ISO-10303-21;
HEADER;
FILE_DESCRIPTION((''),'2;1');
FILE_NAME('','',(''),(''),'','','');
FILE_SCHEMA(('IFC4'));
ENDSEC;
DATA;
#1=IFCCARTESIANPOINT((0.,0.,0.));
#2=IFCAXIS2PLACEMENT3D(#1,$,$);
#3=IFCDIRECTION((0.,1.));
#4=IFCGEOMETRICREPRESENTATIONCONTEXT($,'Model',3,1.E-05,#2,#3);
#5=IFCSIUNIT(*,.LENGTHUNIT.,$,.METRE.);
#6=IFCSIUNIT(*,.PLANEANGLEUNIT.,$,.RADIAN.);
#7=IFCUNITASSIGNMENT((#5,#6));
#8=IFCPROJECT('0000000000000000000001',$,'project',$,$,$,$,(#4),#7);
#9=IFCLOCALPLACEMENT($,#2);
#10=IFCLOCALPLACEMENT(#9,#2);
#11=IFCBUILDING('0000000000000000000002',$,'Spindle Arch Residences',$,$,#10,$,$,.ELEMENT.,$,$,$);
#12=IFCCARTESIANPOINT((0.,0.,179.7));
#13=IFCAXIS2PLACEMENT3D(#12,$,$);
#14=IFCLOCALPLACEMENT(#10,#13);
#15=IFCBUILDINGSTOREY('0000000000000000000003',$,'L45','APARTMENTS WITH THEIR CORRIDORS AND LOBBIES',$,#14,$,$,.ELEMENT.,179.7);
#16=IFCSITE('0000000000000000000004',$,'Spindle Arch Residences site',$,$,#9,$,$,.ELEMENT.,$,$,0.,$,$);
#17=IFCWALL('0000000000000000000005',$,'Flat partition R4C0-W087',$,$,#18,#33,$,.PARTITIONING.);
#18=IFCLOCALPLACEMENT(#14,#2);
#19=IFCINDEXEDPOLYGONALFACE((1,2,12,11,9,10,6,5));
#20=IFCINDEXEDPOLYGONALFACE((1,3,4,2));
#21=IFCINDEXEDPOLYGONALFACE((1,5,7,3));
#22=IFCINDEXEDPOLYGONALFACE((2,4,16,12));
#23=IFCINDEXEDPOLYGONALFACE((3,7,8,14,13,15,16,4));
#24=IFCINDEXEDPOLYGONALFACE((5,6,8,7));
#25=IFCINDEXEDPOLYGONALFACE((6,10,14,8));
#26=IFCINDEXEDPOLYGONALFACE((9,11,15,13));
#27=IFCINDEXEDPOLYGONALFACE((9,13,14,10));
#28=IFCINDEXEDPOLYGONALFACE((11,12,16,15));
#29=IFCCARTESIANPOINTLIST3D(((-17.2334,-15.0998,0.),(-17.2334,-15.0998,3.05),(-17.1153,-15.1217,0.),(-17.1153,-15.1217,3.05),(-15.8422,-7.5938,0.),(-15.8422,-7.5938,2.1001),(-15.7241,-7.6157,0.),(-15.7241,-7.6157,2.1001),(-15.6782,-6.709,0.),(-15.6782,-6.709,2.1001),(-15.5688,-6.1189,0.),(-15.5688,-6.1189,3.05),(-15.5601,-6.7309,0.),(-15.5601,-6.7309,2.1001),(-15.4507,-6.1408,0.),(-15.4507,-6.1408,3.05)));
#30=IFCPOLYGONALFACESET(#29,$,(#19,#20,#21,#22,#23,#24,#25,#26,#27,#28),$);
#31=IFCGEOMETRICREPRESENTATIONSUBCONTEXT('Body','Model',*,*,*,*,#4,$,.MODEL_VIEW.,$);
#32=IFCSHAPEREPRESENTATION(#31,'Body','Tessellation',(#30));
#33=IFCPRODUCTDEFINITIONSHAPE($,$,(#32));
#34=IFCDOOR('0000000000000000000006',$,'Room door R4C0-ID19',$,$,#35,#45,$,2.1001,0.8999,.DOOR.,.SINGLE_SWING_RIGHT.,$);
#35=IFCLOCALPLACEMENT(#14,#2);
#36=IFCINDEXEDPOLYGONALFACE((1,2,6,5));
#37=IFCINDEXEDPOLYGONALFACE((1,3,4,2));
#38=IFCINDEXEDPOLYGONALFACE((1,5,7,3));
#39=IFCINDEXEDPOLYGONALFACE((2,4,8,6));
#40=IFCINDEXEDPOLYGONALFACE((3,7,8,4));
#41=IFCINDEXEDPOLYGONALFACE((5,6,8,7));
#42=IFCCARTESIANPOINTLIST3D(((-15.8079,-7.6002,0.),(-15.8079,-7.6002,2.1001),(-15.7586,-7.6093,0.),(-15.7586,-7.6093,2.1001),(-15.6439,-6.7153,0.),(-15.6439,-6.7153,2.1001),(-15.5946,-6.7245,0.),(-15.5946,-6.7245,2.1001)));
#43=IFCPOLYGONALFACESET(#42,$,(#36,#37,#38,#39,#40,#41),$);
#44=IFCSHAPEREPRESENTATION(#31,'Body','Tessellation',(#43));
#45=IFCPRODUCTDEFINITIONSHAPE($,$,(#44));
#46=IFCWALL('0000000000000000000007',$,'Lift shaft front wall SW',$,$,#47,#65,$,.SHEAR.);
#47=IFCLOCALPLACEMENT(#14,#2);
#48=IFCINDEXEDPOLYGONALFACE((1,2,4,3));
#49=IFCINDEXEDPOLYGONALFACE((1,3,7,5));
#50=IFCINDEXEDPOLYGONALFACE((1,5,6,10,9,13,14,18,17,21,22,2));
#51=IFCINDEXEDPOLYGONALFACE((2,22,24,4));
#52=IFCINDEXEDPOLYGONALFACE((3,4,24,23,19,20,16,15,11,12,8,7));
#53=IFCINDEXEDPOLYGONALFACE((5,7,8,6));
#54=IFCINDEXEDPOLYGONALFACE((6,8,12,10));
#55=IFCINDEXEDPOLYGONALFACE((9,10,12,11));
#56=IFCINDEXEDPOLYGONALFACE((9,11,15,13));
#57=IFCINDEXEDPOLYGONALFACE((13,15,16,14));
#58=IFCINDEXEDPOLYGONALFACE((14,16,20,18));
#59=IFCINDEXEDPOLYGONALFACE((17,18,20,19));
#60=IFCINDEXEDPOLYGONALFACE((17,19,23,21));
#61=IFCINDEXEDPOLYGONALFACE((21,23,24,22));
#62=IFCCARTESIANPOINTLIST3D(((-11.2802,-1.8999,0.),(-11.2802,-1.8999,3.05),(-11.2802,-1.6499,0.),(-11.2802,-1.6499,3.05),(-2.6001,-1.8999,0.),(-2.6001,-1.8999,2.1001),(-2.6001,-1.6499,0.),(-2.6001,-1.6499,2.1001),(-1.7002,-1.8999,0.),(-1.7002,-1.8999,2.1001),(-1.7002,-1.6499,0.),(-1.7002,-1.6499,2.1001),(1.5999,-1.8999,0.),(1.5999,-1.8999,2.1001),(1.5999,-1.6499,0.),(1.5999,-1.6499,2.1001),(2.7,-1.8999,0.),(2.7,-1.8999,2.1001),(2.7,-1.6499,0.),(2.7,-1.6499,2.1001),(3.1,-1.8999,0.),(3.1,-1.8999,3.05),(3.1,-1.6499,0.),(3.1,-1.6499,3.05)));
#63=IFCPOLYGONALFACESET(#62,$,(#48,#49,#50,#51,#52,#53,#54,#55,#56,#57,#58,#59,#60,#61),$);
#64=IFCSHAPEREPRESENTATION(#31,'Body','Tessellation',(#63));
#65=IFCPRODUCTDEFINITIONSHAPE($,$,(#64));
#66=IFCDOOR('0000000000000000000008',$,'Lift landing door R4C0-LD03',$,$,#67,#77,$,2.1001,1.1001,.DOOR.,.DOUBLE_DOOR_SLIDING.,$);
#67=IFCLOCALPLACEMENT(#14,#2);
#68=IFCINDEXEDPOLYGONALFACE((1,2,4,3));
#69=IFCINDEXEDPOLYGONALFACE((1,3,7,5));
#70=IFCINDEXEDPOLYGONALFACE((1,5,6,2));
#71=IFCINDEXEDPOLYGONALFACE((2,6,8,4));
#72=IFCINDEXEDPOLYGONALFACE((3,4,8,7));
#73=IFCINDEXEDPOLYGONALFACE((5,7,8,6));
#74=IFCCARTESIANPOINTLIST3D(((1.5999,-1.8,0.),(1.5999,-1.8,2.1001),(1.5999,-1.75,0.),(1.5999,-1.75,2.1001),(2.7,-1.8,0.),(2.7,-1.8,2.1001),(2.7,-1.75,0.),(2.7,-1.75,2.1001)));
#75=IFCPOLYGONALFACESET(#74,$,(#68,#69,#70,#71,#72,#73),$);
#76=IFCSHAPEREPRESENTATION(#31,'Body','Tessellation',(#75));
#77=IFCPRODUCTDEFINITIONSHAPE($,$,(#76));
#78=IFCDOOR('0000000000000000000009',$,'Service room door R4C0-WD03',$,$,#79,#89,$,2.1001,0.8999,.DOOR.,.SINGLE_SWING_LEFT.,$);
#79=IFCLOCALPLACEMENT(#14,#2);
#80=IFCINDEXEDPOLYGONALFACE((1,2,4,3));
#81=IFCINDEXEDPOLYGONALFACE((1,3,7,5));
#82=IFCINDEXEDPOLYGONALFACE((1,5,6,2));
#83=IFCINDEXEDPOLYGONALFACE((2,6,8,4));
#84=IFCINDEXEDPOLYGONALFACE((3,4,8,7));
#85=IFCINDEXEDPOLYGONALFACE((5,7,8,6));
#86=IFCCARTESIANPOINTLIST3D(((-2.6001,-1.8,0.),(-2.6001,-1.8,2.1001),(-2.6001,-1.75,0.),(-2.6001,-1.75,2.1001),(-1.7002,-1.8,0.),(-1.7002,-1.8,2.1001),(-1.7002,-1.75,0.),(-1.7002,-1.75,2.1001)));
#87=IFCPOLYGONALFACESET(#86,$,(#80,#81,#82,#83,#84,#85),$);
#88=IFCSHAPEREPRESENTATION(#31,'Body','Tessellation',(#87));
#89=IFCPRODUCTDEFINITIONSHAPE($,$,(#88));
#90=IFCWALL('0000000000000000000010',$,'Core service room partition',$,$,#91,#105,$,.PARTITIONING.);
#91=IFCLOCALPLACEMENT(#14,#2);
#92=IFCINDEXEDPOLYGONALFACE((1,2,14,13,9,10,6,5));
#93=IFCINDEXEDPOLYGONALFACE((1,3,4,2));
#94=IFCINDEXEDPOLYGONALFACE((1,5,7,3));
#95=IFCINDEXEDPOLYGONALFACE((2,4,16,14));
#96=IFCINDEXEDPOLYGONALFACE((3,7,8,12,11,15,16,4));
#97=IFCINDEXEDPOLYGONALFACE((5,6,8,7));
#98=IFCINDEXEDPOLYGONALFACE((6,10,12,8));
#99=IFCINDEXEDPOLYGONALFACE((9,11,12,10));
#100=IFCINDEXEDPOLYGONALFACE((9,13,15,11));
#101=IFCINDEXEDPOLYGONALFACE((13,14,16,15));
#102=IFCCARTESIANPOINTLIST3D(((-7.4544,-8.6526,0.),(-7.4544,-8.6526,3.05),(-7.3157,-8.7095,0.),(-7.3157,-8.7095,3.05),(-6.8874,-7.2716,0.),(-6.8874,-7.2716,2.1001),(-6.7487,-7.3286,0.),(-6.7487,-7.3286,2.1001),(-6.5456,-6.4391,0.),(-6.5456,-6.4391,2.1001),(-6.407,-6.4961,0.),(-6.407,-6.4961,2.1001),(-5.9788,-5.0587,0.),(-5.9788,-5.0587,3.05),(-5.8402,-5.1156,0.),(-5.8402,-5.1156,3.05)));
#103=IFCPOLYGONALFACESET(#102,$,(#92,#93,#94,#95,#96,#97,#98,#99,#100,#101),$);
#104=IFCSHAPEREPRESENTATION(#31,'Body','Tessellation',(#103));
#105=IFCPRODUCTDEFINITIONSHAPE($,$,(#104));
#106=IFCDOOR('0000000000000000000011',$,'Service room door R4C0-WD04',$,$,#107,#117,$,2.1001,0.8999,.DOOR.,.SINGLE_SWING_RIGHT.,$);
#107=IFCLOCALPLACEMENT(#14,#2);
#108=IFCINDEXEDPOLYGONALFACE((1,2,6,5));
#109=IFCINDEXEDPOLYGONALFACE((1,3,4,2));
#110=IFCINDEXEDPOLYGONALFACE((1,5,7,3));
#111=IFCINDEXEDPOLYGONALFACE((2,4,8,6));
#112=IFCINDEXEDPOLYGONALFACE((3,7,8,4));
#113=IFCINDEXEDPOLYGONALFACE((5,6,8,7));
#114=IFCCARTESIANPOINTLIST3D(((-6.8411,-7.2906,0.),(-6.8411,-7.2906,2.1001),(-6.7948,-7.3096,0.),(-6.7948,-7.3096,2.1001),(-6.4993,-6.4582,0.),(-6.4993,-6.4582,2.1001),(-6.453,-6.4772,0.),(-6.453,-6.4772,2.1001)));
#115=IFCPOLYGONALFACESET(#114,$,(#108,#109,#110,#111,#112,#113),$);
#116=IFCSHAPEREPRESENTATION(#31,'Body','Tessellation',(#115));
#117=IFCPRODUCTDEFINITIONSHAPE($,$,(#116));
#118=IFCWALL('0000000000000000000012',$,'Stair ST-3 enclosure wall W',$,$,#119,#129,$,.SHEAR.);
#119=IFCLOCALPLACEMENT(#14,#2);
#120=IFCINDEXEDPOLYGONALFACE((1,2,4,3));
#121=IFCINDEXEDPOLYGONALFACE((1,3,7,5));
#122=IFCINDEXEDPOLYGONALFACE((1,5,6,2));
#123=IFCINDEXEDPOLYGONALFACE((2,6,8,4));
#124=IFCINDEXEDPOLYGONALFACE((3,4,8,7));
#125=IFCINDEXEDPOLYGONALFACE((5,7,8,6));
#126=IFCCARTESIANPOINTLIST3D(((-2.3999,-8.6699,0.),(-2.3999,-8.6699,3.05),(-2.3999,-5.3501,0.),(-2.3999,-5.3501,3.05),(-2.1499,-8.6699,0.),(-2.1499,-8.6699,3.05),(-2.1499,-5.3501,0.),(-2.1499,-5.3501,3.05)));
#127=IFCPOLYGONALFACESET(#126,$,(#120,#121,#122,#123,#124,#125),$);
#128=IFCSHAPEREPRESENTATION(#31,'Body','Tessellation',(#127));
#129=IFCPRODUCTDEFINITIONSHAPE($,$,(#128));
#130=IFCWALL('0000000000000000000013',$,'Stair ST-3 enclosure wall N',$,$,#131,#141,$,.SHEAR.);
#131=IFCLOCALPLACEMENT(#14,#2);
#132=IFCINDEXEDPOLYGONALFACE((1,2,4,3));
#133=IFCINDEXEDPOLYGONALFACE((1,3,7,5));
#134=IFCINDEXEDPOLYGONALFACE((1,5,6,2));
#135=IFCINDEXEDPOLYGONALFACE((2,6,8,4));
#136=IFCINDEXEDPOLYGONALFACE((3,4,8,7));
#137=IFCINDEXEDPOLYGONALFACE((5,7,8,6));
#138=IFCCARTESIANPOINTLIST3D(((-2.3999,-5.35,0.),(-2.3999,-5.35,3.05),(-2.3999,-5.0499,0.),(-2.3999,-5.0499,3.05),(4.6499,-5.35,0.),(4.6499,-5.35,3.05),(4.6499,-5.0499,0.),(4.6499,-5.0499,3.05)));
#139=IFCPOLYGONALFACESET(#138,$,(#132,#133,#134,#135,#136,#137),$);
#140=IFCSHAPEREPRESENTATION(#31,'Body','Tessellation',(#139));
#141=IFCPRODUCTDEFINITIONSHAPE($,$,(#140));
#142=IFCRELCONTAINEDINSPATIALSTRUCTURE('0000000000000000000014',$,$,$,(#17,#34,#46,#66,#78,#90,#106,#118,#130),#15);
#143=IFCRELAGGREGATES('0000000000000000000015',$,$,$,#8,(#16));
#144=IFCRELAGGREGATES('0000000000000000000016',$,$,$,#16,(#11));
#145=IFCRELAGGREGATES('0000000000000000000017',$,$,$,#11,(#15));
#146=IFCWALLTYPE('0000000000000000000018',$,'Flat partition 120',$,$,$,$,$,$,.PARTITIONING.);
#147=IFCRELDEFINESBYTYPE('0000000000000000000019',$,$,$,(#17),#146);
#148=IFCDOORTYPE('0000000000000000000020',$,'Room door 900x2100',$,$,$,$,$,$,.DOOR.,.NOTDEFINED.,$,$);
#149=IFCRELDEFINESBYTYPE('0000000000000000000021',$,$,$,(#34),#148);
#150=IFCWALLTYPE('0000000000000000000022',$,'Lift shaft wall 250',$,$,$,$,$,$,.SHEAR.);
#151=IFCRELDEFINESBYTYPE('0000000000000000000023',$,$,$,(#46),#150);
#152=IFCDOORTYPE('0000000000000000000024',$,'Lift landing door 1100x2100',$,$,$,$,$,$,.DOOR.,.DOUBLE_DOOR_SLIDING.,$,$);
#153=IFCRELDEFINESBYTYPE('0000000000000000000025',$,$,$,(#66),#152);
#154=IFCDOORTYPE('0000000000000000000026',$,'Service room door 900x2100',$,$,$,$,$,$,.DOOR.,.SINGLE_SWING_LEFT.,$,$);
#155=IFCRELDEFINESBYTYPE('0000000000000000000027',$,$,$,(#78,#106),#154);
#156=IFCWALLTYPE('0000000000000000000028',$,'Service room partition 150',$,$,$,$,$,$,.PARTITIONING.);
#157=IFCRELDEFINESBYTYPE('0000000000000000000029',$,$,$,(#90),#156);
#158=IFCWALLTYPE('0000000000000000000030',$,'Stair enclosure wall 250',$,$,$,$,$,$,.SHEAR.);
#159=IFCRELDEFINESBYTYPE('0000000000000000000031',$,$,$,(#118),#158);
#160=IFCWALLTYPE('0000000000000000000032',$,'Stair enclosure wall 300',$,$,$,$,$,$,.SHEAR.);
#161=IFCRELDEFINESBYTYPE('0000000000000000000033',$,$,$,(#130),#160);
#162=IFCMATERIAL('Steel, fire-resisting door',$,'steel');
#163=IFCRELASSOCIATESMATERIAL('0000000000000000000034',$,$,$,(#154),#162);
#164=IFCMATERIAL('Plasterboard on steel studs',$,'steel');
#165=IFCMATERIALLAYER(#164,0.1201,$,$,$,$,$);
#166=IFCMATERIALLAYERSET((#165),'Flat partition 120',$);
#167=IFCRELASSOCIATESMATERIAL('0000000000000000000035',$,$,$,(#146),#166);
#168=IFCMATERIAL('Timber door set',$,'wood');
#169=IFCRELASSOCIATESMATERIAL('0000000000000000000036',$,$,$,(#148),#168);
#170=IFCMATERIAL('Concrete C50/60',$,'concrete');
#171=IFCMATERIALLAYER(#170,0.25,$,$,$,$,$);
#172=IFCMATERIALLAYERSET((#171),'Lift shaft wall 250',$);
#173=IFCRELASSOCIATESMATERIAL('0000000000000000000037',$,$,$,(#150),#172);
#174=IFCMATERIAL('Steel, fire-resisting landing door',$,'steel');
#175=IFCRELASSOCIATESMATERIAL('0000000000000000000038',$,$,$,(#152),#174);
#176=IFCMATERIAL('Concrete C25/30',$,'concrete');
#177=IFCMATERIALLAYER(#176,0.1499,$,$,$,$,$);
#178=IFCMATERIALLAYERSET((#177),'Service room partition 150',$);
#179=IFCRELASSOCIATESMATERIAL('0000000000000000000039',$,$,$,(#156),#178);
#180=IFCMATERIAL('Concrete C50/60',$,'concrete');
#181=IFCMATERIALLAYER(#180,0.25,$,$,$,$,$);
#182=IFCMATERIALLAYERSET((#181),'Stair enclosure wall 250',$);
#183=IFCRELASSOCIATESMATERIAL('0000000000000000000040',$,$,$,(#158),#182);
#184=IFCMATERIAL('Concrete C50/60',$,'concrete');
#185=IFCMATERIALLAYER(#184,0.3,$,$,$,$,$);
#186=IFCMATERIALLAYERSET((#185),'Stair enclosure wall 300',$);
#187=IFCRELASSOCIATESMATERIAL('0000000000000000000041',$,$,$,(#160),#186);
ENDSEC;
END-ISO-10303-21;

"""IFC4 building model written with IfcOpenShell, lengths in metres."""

from ifc_helpers import new_model, si_unit, direction, frame, frame_2d, origin, place, context, subcontext, project, spatial, rectangle, extrude, material, layer, layer_set, type_object, element, fill, save


model = new_model("IFC4")

# Units and contexts
model_context = context("Model", 3, precision=1e-05, world=origin(), true_north=direction((0.0, 1.0)))
body_context = subcontext(model_context, "Body", "Model", "MODEL_VIEW")
ifc_project = project(units=[si_unit("LENGTHUNIT", "METRE"), si_unit("PLANEANGLEUNIT", "RADIAN")], contexts=[model_context])

# Site, building, storey
site_placement = place(None, origin())
site = spatial("IfcSite", under=ifc_project, at=site_placement, Name="Spindle Arch Residences site", CompositionType="ELEMENT", RefElevation=0.0)
building_placement = place(site_placement, origin())
building = spatial("IfcBuilding", under=site, at=building_placement, Name="Spindle Arch Residences", CompositionType="ELEMENT")
storey_placement = place(building_placement, frame((0.0, 0.0, 179.7)))
storey = spatial("IfcBuildingStorey", under=building, at=storey_placement, Name="L45", Description="APARTMENTS WITH THEIR CORRIDORS AND LOBBIES", CompositionType="ELEMENT", Elevation=179.7)

# Shared definitions
ifc_material_1 = material(Name="Steel, fire-resisting door", Category="steel")
door_type_1 = type_object("IfcDoorType", Name="Service room door 900x2100", OperationType="SINGLE_SWING_LEFT", PredefinedType="DOOR", material=ifc_material_1)

# Shared definitions
ifc_material_2 = material(Name="Plasterboard on steel studs", Category="steel")
ifc_layer_1 = layer(ifc_material_2, 0.1201)
ifc_layer_set_1 = layer_set([ifc_layer_1], Name="Flat partition 120")
wall_type_1 = type_object("IfcWallType", Name="Flat partition 120", PredefinedType="PARTITIONING", material=ifc_layer_set_1)

# Wall, opening, door
ifc_material_3 = material(Name="Timber door set", Category="wood")
door_type_2 = type_object("IfcDoorType", Name="Room door 900x2100", OperationType="NOTDEFINED", PredefinedType="DOOR", material=ifc_material_3)
wall_1_placement = place(storey_placement, frame((-15.5098, -6.1299, 0.0), z_axis=(0.0, 0.0, 1.0), x_axis=(-0.182243, -0.983253, 0.0)))
wall_1 = element("IfcWall", 1, at=wall_1_placement, inside=storey, type_object=wall_type_1, Name="Flat partition R4C0-W087", PredefinedType="PARTITIONING", context=body_context, shape_type="SweptSolid", body=[
    extrude(rectangle(XDim=9.1338, YDim=0.1201, at=frame_2d((4.5669, 0.0))), origin(), (0.0, 0.0, 1.0), 3.05),
])
opening_1_placement = place(wall_1_placement, frame((0.6001, 0.0, 0.0)))
opening_1 = element("IfcOpeningElement", 2, at=opening_1_placement, cuts=wall_1, PredefinedType="OPENING", context=body_context, shape_type="SweptSolid", body=[
    extrude(rectangle(XDim=0.8999, YDim=2.1001, at=frame_2d((0.45, 1.05))), frame((0.0, 0.0701, 0.0), z_axis=(0.0, -1.0, 0.0), x_axis=(1.0, 0.0, 0.0)), (0.0, 0.0, 1.0), 0.1401),
])
door_1_placement = place(opening_1_placement, origin())
door_1 = element("IfcDoor", 3, at=door_1_placement, inside=storey, type_object=door_type_2, Name="Room door R4C0-ID19", OperationType="SINGLE_SWING_RIGHT", OverallHeight=2.1001, OverallWidth=0.8999, PredefinedType="DOOR", context=body_context, shape_type="SweptSolid", body=[
    extrude(rectangle(XDim=0.8999, YDim=2.1001, at=frame_2d((0.45, 1.05))), frame((0.0, 0.0249, 0.0), z_axis=(0.0, -1.0, 0.0), x_axis=(1.0, 0.0, 0.0)), (0.0, 0.0, 1.0), 0.05),
])
fill(opening_1, door_1)

# Wall, openings, doors
ifc_material_4 = material(Name="Concrete C50/60", Category="concrete")
ifc_layer_2 = layer(ifc_material_4, 0.25)
ifc_layer_set_2 = layer_set([ifc_layer_2], Name="Lift shaft wall 250")
wall_type_2 = type_object("IfcWallType", Name="Lift shaft wall 250", PredefinedType="SHEAR", material=ifc_layer_set_2)
wall_2_placement = place(storey_placement, frame((-11.28, -1.7749, 0.0), z_axis=(0.0, 0.0, 1.0), x_axis=(1.0, 0.0, 0.0)))
wall_2 = element("IfcWall", 4, at=wall_2_placement, inside=storey, type_object=wall_type_2, Name="Lift shaft front wall SW", PredefinedType="SHEAR", context=body_context, shape_type="SweptSolid", body=[
    extrude(rectangle(XDim=14.3801, YDim=0.25, at=frame_2d((7.1899, 0.0))), origin(), (0.0, 0.0, 1.0), 3.05),
])
opening_2_placement = place(wall_2_placement, frame((12.8799, 0.0, 0.0)))
opening_2 = element("IfcOpeningElement", 5, at=opening_2_placement, cuts=wall_2, PredefinedType="OPENING", context=body_context, shape_type="SweptSolid", body=[
    extrude(rectangle(XDim=1.1001, YDim=2.1001, at=frame_2d((0.55, 1.05))), frame((0.0, 0.135, 0.0), z_axis=(0.0, -1.0, 0.0), x_axis=(1.0, 0.0, 0.0)), (0.0, 0.0, 1.0), 0.27),
])
opening_3_placement = place(wall_2_placement, frame((8.6799, 0.0, 0.0)))
opening_3 = element("IfcOpeningElement", 6, at=opening_3_placement, cuts=wall_2, PredefinedType="OPENING", context=body_context, shape_type="SweptSolid", body=[
    extrude(rectangle(XDim=0.8999, YDim=2.1001, at=frame_2d((0.45, 1.05))), frame((0.0, 0.135, 0.0), z_axis=(0.0, -1.0, 0.0), x_axis=(1.0, 0.0, 0.0)), (0.0, 0.0, 1.0), 0.27),
])
ifc_material_5 = material(Name="Steel, fire-resisting landing door", Category="steel")
door_type_3 = type_object("IfcDoorType", Name="Lift landing door 1100x2100", OperationType="DOUBLE_DOOR_SLIDING", PredefinedType="DOOR", material=ifc_material_5)
door_2_placement = place(opening_2_placement, origin())
door_2 = element("IfcDoor", 7, at=door_2_placement, inside=storey, type_object=door_type_3, Name="Lift landing door R4C0-LD03", OperationType="DOUBLE_DOOR_SLIDING", OverallHeight=2.1001, OverallWidth=1.1001, PredefinedType="DOOR", context=body_context, shape_type="SweptSolid", body=[
    extrude(rectangle(XDim=1.1001, YDim=2.1001, at=frame_2d((0.55, 1.05))), frame((0.0, 0.0249, 0.0), z_axis=(0.0, -1.0, 0.0), x_axis=(1.0, 0.0, 0.0)), (0.0, 0.0, 1.0), 0.05),
])
fill(opening_2, door_2)
door_3_placement = place(opening_3_placement, origin())
door_3 = element("IfcDoor", 8, at=door_3_placement, inside=storey, type_object=door_type_1, Name="Service room door R4C0-WD03", OperationType="SINGLE_SWING_LEFT", OverallHeight=2.1001, OverallWidth=0.8999, PredefinedType="DOOR", context=body_context, shape_type="SweptSolid", body=[
    extrude(rectangle(XDim=0.8999, YDim=2.1001, at=frame_2d((0.45, 1.05))), frame((0.0, 0.0249, 0.0), z_axis=(0.0, -1.0, 0.0), x_axis=(1.0, 0.0, 0.0)), (0.0, 0.0, 1.0), 0.05),
])
fill(opening_3, door_3)

# Wall, opening, door
ifc_material_6 = material(Name="Concrete C25/30", Category="concrete")
ifc_layer_3 = layer(ifc_material_6, 0.1499)
ifc_layer_set_3 = layer_set([ifc_layer_3], Name="Service room partition 150")
wall_type_3 = type_object("IfcWallType", Name="Service room partition 150", PredefinedType="PARTITIONING", material=ifc_layer_set_3)
wall_3_placement = place(storey_placement, frame((-7.385, -8.6809, 0.0), z_axis=(0.0, 0.0, 1.0), x_axis=(0.379805, 0.925067, 0.0)))
wall_3 = element("IfcWall", 9, at=wall_3_placement, inside=storey, type_object=wall_type_3, Name="Core service room partition", PredefinedType="PARTITIONING", context=body_context, shape_type="SweptSolid", body=[
    extrude(rectangle(XDim=3.885, YDim=0.1499, at=frame_2d((1.9424, 0.0))), origin(), (0.0, 0.0, 1.0), 3.05),
])
opening_4_placement = place(wall_3_placement, frame((1.4927, 0.0, 0.0)))
opening_4 = element("IfcOpeningElement", 10, at=opening_4_placement, cuts=wall_3, PredefinedType="OPENING", context=body_context, shape_type="SweptSolid", body=[
    extrude(rectangle(XDim=0.8999, YDim=2.1001, at=frame_2d((0.45, 1.05))), frame((0.0, 0.085, 0.0), z_axis=(0.0, -1.0, 0.0), x_axis=(1.0, 0.0, 0.0)), (0.0, 0.0, 1.0), 0.1699),
])
door_4_placement = place(opening_4_placement, origin())
door_4 = element("IfcDoor", 11, at=door_4_placement, inside=storey, type_object=door_type_1, Name="Service room door R4C0-WD04", OperationType="SINGLE_SWING_RIGHT", OverallHeight=2.1001, OverallWidth=0.8999, PredefinedType="DOOR", context=body_context, shape_type="SweptSolid", body=[
    extrude(rectangle(XDim=0.8999, YDim=2.1001, at=frame_2d((0.45, 1.05))), frame((0.0, 0.0249, 0.0), z_axis=(0.0, -1.0, 0.0), x_axis=(1.0, 0.0, 0.0)), (0.0, 0.0, 1.0), 0.05),
])
fill(opening_4, door_4)

# Walls
ifc_material_7 = material(Name="Concrete C50/60", Category="concrete")
ifc_layer_4 = layer(ifc_material_7, 0.25)
ifc_layer_set_4 = layer_set([ifc_layer_4], Name="Stair enclosure wall 250")
wall_type_4 = type_object("IfcWallType", Name="Stair enclosure wall 250", PredefinedType="SHEAR", material=ifc_layer_set_4)
wall_4_placement = place(storey_placement, frame((-2.2749, -8.6699, 0.0), z_axis=(0.0, 0.0, 1.0), x_axis=(0.0, 1.0, 0.0)))
element("IfcWall", 12, at=wall_4_placement, inside=storey, type_object=wall_type_4, Name="Stair ST-3 enclosure wall W", PredefinedType="SHEAR", context=body_context, shape_type="SweptSolid", body=[
    extrude(rectangle(XDim=3.3198, YDim=0.25, at=frame_2d((1.6599, 0.0))), origin(), (0.0, 0.0, 1.0), 3.05),
])
ifc_material_8 = material(Name="Concrete C50/60", Category="concrete")
ifc_layer_5 = layer(ifc_material_8, 0.3)
ifc_layer_set_5 = layer_set([ifc_layer_5], Name="Stair enclosure wall 300")
wall_type_5 = type_object("IfcWallType", Name="Stair enclosure wall 300", PredefinedType="SHEAR", material=ifc_layer_set_5)
wall_5_placement = place(storey_placement, frame((-2.3999, -5.2, 0.0), z_axis=(0.0, 0.0, 1.0), x_axis=(1.0, 0.0, 0.0)))
element("IfcWall", 13, at=wall_5_placement, inside=storey, type_object=wall_type_5, Name="Stair ST-3 enclosure wall N", PredefinedType="SHEAR", context=body_context, shape_type="SweptSolid", body=[
    extrude(rectangle(XDim=7.0498, YDim=0.3, at=frame_2d((3.5249, 0.0))), origin(), (0.0, 0.0, 1.0), 3.05),
])

save(model, "model.ifc")
